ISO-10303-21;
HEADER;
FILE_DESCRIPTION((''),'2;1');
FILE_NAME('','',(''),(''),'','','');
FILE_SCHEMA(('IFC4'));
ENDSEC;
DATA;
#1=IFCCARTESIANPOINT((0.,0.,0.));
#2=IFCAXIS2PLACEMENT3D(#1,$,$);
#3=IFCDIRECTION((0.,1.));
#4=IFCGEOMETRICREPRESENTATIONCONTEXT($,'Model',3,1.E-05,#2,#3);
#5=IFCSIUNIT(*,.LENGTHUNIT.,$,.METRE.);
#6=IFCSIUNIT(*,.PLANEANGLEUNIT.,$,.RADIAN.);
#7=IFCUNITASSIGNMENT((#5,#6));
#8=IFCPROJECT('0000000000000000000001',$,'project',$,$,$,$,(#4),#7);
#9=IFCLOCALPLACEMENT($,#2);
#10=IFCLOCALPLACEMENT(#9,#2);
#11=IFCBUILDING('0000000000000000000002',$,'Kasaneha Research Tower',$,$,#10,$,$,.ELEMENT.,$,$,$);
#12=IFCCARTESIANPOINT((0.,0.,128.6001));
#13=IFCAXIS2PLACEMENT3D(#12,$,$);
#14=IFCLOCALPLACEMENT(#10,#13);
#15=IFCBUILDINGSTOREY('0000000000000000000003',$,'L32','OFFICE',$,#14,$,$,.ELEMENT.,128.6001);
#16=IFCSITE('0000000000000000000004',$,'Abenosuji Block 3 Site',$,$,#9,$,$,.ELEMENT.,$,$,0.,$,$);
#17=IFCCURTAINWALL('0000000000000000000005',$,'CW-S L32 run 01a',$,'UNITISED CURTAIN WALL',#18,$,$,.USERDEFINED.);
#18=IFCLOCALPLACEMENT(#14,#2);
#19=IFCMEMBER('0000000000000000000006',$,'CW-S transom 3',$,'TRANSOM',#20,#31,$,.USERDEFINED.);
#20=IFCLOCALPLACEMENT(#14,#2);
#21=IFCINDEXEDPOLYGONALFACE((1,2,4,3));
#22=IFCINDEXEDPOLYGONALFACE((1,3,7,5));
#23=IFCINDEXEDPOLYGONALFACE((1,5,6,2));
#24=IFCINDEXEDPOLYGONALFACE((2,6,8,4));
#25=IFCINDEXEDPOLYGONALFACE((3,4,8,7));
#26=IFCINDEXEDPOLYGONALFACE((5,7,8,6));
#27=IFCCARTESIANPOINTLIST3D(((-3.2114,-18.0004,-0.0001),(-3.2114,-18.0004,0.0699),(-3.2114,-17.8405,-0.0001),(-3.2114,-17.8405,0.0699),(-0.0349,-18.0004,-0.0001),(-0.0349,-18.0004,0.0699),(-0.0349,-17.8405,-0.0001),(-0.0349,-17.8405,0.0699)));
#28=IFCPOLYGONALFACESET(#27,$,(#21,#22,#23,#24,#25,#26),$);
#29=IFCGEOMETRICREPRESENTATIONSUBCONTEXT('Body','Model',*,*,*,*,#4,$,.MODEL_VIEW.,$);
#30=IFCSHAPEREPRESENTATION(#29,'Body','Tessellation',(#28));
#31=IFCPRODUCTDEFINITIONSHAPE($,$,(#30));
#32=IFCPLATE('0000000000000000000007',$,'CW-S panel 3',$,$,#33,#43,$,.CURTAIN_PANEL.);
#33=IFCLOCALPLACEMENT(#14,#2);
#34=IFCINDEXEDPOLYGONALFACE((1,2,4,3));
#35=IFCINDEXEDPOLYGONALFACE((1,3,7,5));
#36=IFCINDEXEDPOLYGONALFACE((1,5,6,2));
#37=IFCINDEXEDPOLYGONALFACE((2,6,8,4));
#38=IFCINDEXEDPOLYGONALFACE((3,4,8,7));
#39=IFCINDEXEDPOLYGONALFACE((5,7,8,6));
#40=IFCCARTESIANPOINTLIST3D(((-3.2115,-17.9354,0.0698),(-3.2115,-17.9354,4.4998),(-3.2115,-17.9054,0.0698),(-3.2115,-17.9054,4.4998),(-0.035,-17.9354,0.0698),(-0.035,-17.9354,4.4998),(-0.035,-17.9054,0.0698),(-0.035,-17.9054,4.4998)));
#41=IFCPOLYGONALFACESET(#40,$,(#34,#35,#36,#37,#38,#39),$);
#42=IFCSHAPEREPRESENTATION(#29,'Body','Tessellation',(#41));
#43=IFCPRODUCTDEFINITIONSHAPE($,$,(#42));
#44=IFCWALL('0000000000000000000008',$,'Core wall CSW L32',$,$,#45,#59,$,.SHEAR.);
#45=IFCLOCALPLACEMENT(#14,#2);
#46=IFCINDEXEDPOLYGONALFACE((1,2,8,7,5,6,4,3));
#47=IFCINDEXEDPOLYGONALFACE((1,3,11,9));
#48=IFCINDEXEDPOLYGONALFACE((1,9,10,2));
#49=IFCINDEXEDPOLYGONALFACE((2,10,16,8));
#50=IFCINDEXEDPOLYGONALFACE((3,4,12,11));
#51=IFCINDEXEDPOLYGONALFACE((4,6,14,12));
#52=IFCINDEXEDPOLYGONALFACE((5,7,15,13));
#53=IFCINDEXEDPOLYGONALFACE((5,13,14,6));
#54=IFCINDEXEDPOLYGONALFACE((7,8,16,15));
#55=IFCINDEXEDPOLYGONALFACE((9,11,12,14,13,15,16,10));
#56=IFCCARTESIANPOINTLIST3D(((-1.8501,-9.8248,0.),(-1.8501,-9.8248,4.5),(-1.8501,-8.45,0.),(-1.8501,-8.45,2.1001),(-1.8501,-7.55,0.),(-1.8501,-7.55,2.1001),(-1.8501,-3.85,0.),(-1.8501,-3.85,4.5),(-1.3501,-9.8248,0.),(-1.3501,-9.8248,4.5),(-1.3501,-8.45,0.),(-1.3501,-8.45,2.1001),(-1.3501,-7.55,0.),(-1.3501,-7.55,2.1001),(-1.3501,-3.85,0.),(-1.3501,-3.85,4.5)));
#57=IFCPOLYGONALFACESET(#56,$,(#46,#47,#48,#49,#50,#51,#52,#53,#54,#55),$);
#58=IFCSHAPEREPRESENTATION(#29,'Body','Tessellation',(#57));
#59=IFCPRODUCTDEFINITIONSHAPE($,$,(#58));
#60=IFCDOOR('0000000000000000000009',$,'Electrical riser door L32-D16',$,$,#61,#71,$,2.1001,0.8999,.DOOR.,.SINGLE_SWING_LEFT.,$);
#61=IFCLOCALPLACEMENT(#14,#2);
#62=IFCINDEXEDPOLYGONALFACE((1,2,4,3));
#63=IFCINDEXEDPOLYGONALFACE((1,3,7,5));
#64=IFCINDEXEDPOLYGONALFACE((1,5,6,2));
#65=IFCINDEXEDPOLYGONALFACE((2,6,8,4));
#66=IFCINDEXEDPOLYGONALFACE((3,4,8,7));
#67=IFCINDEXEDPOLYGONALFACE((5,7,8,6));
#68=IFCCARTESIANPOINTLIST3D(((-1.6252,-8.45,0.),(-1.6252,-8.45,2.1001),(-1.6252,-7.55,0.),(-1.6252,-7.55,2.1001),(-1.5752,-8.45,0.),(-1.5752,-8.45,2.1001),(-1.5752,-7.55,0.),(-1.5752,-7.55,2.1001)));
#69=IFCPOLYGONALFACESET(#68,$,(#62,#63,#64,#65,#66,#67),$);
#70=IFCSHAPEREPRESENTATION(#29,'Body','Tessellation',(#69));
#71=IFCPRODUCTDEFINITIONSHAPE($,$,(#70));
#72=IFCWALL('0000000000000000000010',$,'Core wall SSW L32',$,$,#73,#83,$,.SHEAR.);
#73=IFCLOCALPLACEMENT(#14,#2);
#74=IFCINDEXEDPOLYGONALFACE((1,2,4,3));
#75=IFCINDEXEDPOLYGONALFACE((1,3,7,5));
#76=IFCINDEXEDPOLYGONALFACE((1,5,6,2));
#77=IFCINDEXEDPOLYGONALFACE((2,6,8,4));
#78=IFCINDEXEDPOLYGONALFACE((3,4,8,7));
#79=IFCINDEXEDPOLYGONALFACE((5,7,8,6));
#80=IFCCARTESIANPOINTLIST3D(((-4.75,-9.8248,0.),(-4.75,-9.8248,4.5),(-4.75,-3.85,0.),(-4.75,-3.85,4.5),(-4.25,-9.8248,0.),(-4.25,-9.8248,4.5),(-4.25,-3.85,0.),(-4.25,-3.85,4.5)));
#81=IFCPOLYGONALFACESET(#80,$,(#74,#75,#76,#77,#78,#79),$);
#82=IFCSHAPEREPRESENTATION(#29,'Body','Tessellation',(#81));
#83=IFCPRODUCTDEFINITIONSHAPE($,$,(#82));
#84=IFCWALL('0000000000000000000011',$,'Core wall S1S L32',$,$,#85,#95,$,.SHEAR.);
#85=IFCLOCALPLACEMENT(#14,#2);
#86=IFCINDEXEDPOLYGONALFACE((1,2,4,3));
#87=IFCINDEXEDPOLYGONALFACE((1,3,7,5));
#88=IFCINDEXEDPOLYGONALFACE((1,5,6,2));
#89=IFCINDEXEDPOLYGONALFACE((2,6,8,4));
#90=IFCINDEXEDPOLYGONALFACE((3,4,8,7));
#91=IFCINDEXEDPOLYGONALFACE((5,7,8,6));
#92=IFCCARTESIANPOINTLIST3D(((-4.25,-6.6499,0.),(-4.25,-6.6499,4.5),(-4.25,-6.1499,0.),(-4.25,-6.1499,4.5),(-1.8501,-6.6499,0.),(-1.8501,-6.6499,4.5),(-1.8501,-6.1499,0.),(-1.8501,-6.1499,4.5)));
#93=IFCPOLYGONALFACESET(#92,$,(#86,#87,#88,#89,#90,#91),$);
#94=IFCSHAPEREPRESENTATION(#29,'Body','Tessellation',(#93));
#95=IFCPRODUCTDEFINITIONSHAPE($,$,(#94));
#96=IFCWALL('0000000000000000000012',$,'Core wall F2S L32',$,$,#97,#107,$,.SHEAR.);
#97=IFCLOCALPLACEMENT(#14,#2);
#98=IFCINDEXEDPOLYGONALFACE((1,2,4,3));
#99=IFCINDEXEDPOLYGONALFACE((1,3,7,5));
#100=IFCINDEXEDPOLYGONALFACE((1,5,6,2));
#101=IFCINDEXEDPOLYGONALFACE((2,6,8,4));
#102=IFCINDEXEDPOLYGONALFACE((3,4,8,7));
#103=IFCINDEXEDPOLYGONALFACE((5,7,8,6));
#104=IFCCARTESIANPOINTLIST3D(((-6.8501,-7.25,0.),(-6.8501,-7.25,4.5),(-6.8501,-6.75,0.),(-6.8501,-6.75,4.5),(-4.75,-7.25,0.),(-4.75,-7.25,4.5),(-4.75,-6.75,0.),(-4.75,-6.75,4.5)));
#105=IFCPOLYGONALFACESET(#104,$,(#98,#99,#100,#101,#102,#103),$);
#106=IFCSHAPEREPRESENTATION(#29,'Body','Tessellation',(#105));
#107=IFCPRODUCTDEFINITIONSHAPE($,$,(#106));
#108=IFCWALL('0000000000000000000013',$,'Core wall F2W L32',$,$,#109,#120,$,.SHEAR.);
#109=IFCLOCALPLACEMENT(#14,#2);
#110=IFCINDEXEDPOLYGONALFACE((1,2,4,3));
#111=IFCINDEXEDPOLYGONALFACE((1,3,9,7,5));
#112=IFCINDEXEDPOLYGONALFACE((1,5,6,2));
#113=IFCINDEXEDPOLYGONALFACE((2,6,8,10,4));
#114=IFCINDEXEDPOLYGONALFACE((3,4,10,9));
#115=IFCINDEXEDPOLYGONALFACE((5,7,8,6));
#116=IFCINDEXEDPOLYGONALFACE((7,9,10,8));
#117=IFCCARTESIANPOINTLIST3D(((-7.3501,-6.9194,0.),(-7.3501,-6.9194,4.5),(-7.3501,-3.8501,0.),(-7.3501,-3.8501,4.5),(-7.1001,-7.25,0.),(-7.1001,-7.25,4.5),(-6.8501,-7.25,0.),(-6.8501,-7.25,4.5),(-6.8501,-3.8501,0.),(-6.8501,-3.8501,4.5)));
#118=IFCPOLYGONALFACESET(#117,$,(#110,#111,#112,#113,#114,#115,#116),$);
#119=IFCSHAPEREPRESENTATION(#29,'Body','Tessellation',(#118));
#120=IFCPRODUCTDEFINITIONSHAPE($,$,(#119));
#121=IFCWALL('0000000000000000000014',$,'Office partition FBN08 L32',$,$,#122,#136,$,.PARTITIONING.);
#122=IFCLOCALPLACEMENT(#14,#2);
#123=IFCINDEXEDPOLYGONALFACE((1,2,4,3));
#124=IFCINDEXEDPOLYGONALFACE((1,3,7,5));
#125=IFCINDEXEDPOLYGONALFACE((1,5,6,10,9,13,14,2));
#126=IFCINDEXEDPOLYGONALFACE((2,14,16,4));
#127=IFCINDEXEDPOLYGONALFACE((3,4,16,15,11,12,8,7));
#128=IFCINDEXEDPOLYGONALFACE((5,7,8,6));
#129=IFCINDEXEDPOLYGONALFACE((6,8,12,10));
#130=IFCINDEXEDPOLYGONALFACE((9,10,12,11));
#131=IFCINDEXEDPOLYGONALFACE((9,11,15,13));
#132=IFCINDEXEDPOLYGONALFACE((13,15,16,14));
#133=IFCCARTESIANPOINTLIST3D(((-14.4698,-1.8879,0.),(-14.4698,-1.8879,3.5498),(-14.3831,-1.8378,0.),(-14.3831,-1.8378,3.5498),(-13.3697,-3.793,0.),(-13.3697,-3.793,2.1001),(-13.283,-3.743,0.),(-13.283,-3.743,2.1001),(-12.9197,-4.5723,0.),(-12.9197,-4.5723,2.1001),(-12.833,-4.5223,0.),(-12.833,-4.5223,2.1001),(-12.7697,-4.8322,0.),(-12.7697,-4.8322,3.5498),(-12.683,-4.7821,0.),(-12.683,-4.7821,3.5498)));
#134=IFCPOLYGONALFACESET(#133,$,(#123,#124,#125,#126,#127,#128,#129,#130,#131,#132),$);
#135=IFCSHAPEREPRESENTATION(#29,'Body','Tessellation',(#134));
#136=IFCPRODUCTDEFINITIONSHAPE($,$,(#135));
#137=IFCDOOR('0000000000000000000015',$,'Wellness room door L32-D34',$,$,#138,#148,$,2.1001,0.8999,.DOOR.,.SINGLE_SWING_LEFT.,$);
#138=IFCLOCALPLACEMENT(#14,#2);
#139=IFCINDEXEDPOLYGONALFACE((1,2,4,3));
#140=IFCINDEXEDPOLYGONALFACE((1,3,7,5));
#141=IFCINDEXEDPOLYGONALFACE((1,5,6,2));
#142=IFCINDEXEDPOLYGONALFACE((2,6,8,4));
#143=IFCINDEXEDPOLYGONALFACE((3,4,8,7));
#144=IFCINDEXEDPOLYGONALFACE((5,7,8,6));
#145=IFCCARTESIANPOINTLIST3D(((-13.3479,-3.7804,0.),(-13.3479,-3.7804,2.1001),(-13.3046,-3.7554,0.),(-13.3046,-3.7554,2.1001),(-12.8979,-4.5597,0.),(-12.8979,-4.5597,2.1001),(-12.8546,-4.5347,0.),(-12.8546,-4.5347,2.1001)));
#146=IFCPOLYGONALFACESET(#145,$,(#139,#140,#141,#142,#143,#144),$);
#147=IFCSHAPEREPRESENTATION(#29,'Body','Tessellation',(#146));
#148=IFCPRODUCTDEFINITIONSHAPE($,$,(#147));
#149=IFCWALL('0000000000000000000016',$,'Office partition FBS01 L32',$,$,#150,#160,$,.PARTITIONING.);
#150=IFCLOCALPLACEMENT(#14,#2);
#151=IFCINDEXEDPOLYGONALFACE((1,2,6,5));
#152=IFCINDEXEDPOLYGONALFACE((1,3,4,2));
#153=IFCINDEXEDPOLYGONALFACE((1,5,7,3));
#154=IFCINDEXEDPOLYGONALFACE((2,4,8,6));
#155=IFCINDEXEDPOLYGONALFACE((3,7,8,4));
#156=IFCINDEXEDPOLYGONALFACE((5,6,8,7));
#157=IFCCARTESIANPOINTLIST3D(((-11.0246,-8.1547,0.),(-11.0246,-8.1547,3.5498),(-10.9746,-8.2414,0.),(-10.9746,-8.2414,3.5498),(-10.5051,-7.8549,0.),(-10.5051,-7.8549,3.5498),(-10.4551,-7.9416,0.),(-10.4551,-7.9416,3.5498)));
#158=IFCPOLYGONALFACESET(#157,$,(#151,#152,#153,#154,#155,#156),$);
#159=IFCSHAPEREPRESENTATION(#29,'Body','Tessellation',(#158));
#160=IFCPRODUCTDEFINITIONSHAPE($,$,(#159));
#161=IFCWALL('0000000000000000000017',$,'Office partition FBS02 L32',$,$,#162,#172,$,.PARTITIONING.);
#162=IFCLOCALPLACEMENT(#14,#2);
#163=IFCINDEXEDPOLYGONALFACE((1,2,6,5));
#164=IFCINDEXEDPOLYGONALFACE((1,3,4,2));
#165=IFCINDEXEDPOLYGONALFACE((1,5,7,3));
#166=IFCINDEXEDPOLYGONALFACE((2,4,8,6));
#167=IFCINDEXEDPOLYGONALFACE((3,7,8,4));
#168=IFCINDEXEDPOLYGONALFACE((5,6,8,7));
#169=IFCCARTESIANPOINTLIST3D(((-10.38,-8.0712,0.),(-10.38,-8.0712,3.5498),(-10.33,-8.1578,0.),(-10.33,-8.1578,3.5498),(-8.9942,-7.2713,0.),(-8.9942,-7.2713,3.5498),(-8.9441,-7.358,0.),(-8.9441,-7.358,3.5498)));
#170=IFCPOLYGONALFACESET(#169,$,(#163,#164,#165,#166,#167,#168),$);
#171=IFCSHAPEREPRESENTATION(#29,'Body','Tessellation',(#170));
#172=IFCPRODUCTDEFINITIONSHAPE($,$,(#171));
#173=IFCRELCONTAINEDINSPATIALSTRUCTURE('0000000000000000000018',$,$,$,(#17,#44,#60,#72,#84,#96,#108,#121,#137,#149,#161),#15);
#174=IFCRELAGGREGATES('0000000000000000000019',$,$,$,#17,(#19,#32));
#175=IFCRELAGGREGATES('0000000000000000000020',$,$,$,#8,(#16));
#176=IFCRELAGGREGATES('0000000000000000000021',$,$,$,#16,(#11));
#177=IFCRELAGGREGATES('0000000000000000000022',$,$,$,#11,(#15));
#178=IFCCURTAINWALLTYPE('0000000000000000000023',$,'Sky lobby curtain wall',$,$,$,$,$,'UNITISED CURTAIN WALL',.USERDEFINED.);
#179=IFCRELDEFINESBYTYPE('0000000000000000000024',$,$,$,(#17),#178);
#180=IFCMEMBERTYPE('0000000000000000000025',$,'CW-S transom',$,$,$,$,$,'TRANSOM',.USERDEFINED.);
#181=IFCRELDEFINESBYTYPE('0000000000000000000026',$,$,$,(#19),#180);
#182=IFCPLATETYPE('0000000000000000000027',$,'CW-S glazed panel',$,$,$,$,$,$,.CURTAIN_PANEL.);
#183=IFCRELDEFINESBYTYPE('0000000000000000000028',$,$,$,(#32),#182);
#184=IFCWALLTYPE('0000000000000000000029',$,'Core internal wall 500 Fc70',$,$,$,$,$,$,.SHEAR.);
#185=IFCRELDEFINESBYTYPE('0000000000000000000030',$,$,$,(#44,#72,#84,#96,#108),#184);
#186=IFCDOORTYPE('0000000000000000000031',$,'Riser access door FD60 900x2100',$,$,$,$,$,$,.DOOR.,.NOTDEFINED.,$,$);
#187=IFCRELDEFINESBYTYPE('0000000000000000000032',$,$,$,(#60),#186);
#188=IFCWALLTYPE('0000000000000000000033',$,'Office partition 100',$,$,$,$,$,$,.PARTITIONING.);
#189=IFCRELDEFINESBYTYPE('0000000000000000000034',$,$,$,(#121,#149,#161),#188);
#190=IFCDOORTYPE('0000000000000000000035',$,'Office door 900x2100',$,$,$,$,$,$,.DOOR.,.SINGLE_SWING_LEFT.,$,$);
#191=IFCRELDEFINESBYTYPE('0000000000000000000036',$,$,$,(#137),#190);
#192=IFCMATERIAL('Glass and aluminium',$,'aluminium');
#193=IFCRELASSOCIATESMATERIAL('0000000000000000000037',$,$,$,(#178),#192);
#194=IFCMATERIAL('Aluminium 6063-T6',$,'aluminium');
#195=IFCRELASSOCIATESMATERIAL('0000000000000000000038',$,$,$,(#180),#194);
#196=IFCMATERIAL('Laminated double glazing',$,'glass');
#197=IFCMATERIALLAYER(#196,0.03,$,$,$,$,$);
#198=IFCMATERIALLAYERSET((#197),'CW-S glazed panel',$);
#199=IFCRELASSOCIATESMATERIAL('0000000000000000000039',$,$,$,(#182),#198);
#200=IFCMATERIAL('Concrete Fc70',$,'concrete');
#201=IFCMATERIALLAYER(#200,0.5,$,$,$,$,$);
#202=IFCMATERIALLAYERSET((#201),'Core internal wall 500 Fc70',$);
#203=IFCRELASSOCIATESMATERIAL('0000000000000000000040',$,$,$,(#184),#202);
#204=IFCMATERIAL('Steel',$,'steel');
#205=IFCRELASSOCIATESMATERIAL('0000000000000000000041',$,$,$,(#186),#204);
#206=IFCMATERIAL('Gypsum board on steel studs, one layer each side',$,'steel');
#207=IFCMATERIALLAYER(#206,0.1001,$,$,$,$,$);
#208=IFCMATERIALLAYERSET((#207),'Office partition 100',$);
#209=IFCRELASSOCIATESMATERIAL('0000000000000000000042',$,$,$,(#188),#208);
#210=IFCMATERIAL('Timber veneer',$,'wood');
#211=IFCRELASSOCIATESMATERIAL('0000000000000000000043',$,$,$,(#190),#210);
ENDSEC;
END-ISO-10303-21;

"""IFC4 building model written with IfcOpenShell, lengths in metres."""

from ifc_helpers import new_model, si_unit, direction, frame, frame_2d, origin, origin_2d, place, context, subcontext, project, spatial, polyline, rectangle, outline, extrude, material, layer, layer_set, material_profile, profile_set, type_object, element, fill, aggregate, save


model = new_model("IFC4")

# Units and contexts
model_context = context("Model", 3, precision=1e-05, world=origin(), true_north=direction((0.0, 1.0)))
body_context = subcontext(model_context, "Body", "Model", "MODEL_VIEW")
ifc_project = project(units=[si_unit("LENGTHUNIT", "METRE"), si_unit("PLANEANGLEUNIT", "RADIAN")], contexts=[model_context])

# Site, building, storey
site_placement = place(None, origin())
site = spatial("IfcSite", under=ifc_project, at=site_placement, Name="Abenosuji Block 3 Site", CompositionType="ELEMENT", RefElevation=0.0)
building_placement = place(site_placement, origin())
building = spatial("IfcBuilding", under=site, at=building_placement, Name="Kasaneha Research Tower", CompositionType="ELEMENT")
storey_placement = place(building_placement, frame((0.0, 0.0, 128.6001)))
storey = spatial("IfcBuildingStorey", under=building, at=storey_placement, Name="L32", Description="OFFICE", CompositionType="ELEMENT", Elevation=128.6001)

# Curtain wall, member, plate
ifc_material_1 = material(Name="Glass and aluminium", Category="aluminium")
curtain_wall_type = type_object("IfcCurtainWallType", Name="Sky lobby curtain wall", ElementType="UNITISED CURTAIN WALL", PredefinedType="USERDEFINED", material=ifc_material_1)
curtain_wall_placement = place(storey_placement, origin())
curtain_wall = element("IfcCurtainWall", 1, at=curtain_wall_placement, inside=storey, type_object=curtain_wall_type, Name="CW-S L32 run 01a", ObjectType="UNITISED CURTAIN WALL", PredefinedType="USERDEFINED")
ifc_material_2 = material(Name="Aluminium 6063-T6", Category="aluminium")
ifc_material_profile = material_profile(ifc_material_2, rectangle(XDim=0.1599, YDim=0.0701, at=origin_2d()), Name="CW-S transom 160x70")
ifc_profile_set = profile_set([ifc_material_profile], Name="Aluminium 6063-T6")
member_type = type_object("IfcMemberType", Name="CW-S transom", ElementType="TRANSOM", PredefinedType="USERDEFINED", material=ifc_profile_set)
member_placement = place(storey_placement, frame((-3.2114, -17.9204, 0.0349), z_axis=(1.0, 0.0, 0.0), x_axis=(0.0, 1.0, 0.0)))
member = element("IfcMember", 2, at=member_placement, type_object=member_type, Name="CW-S transom 3", ObjectType="TRANSOM", PredefinedType="USERDEFINED", context=body_context, shape_type="SweptSolid", body=[
    extrude(rectangle(XDim=0.1599, YDim=0.0701, at=origin_2d()), origin(), (0.0, 0.0, 1.0), 3.1765),
])
ifc_material_3 = material(Name="Laminated double glazing", Category="glass")
ifc_layer_1 = layer(ifc_material_3, 0.03)
ifc_layer_set_1 = layer_set([ifc_layer_1], Name="CW-S glazed panel")
plate_type = type_object("IfcPlateType", Name="CW-S glazed panel", PredefinedType="CURTAIN_PANEL", material=ifc_layer_set_1)
plate_placement = place(storey_placement, frame((-1.6233, -17.9204, 0.0698), z_axis=(0.0, 0.0, 1.0), x_axis=(1.0, 0.0, 0.0)))
plate = element("IfcPlate", 3, at=plate_placement, type_object=plate_type, Name="CW-S panel 3", PredefinedType="CURTAIN_PANEL", context=body_context, shape_type="SweptSolid", body=[
    extrude(rectangle(XDim=3.1765, YDim=0.03, at=origin_2d()), origin(), (0.0, 0.0, 1.0), 4.4299),
])
aggregate(curtain_wall, [member, plate])

# Wall, opening, door
ifc_material_4 = material(Name="Concrete Fc70", Category="concrete")
ifc_layer_2 = layer(ifc_material_4, 0.5)
ifc_layer_set_2 = layer_set([ifc_layer_2], Name="Core internal wall 500 Fc70")
wall_type_1 = type_object("IfcWallType", Name="Core internal wall 500 Fc70", PredefinedType="SHEAR", material=ifc_layer_set_2)
wall_1_placement = place(storey_placement, frame((-1.6001, -3.8501, 0.0), z_axis=(0.0, 0.0, 1.0), x_axis=(0.0, -1.0, 0.0)))
wall_1 = element("IfcWall", 4, at=wall_1_placement, inside=storey, type_object=wall_type_1, Name="Core wall CSW L32", PredefinedType="SHEAR", context=body_context, shape_type="SweptSolid", body=[
    extrude(rectangle(XDim=5.9749, YDim=0.5, at=frame_2d((2.9873, 0.0))), origin(), (0.0, 0.0, 1.0), 4.5),
])
opening_1_placement = place(wall_1_placement, frame((3.7, 0.0, 0.0)))
opening_1 = element("IfcOpeningElement", 5, at=opening_1_placement, cuts=wall_1, PredefinedType="OPENING", context=body_context, shape_type="SweptSolid", body=[
    extrude(rectangle(XDim=0.8999, YDim=2.1001, at=frame_2d((0.45, 1.05))), frame((0.0, 0.26, 0.0), z_axis=(0.0, -1.0, 0.0), x_axis=(1.0, 0.0, 0.0)), (0.0, 0.0, 1.0), 0.52),
])
ifc_material_5 = material(Name="Steel", Category="steel")
door_type_1 = type_object("IfcDoorType", Name="Riser access door FD60 900x2100", OperationType="NOTDEFINED", PredefinedType="DOOR", material=ifc_material_5)
door_1_placement = place(opening_1_placement, origin())
door_1 = element("IfcDoor", 6, at=door_1_placement, inside=storey, type_object=door_type_1, Name="Electrical riser door L32-D16", OperationType="SINGLE_SWING_LEFT", OverallHeight=2.1001, OverallWidth=0.8999, PredefinedType="DOOR", context=body_context, shape_type="SweptSolid", body=[
    extrude(rectangle(XDim=0.8999, YDim=2.1001, at=frame_2d((0.45, 1.05))), frame((0.0, 0.0249, 0.0), z_axis=(0.0, -1.0, 0.0), x_axis=(1.0, 0.0, 0.0)), (0.0, 0.0, 1.0), 0.05),
])
fill(opening_1, door_1)

# Walls
wall_2_placement = place(storey_placement, frame((-4.5, -3.8501, 0.0), z_axis=(0.0, 0.0, 1.0), x_axis=(0.0, -1.0, 0.0)))
element("IfcWall", 7, at=wall_2_placement, inside=storey, type_object=wall_type_1, Name="Core wall SSW L32", PredefinedType="SHEAR", context=body_context, shape_type="SweptSolid", body=[
    extrude(rectangle(XDim=5.9749, YDim=0.5, at=frame_2d((2.9873, 0.0))), origin(), (0.0, 0.0, 1.0), 4.5),
])
wall_3_placement = place(storey_placement, frame((-4.25, -6.3999, 0.0), z_axis=(0.0, 0.0, 1.0), x_axis=(1.0, 0.0, 0.0)))
element("IfcWall", 8, at=wall_3_placement, inside=storey, type_object=wall_type_1, Name="Core wall S1S L32", PredefinedType="SHEAR", context=body_context, shape_type="SweptSolid", body=[
    extrude(rectangle(XDim=2.3999, YDim=0.5, at=frame_2d((1.2, 0.0))), origin(), (0.0, 0.0, 1.0), 4.5),
])
wall_4_placement = place(storey_placement, frame((-6.8501, -7.0, 0.0), z_axis=(0.0, 0.0, 1.0), x_axis=(1.0, 0.0, 0.0)))
element("IfcWall", 9, at=wall_4_placement, inside=storey, type_object=wall_type_1, Name="Core wall F2S L32", PredefinedType="SHEAR", context=body_context, shape_type="SweptSolid", body=[
    extrude(rectangle(XDim=2.1001, YDim=0.5, at=frame_2d((1.05, 0.0))), origin(), (0.0, 0.0, 1.0), 4.5),
])
wall_5_placement = place(storey_placement, frame((-7.1001, -3.8501, 0.0), z_axis=(0.0, 0.0, 1.0), x_axis=(0.0, -1.0, 0.0)))
element("IfcWall", 10, at=wall_5_placement, inside=storey, type_object=wall_type_1, Name="Core wall F2W L32", PredefinedType="SHEAR", context=body_context, shape_type="SweptSolid", body=[
    extrude(outline(polyline([(0.0, -0.25), (3.0693, -0.25), (3.3999, 0.0), (3.3999, 0.25), (0.0, 0.25), (0.0, -0.25)])), origin(), (0.0, 0.0, 1.0), 4.5),
])

# Wall, opening, door
ifc_material_6 = material(Name="Gypsum board on steel studs, one layer each side", Category="steel")
ifc_layer_3 = layer(ifc_material_6, 0.1001)
ifc_layer_set_3 = layer_set([ifc_layer_3], Name="Office partition 100")
wall_type_2 = type_object("IfcWallType", Name="Office partition 100", PredefinedType="PARTITIONING", material=ifc_layer_set_3)
wall_6_placement = place(storey_placement, frame((-12.7263, -4.8071, 0.0), z_axis=(0.0, 0.0, 1.0), x_axis=(-0.500062, 0.865989, 0.0)))
wall_6 = element("IfcWall", 11, at=wall_6_placement, inside=storey, type_object=wall_type_2, Name="Office partition FBN08 L32", PredefinedType="PARTITIONING", context=body_context, shape_type="SweptSolid", body=[
    extrude(rectangle(XDim=3.3999, YDim=0.1001, at=frame_2d((1.7, 0.0))), origin(), (0.0, 0.0, 1.0), 3.5498),
])
opening_2_placement = place(wall_6_placement, frame((0.3, 0.0, 0.0)))
opening_2 = element("IfcOpeningElement", 12, at=opening_2_placement, cuts=wall_6, PredefinedType="OPENING", context=body_context, shape_type="SweptSolid", body=[
    extrude(rectangle(XDim=0.8999, YDim=2.1001, at=frame_2d((0.45, 1.05))), frame((0.0, 0.0601, 0.0), z_axis=(0.0, -1.0, 0.0), x_axis=(1.0, 0.0, 0.0)), (0.0, 0.0, 1.0), 0.1201),
])
ifc_material_7 = material(Name="Timber veneer", Category="wood")
door_type_2 = type_object("IfcDoorType", Name="Office door 900x2100", OperationType="SINGLE_SWING_LEFT", PredefinedType="DOOR", material=ifc_material_7)
door_2_placement = place(opening_2_placement, origin())
door_2 = element("IfcDoor", 13, at=door_2_placement, inside=storey, type_object=door_type_2, Name="Wellness room door L32-D34", OperationType="SINGLE_SWING_LEFT", OverallHeight=2.1001, OverallWidth=0.8999, PredefinedType="DOOR", context=body_context, shape_type="SweptSolid", body=[
    extrude(rectangle(XDim=0.8999, YDim=2.1001, at=frame_2d((0.45, 1.05))), frame((0.0, 0.0249, 0.0), z_axis=(0.0, -1.0, 0.0), x_axis=(1.0, 0.0, 0.0)), (0.0, 0.0, 1.0), 0.05),
])
fill(opening_2, door_2)

# Walls
wall_7_placement = place(storey_placement, frame((-10.9995, -8.198, 0.0), z_axis=(0.0, 0.0, 1.0), x_axis=(0.866131, 0.499816, 0.0)))
element("IfcWall", 14, at=wall_7_placement, inside=storey, type_object=wall_type_2, Name="Office partition FBS01 L32", PredefinedType="PARTITIONING", context=body_context, shape_type="SweptSolid", body=[
    extrude(rectangle(XDim=0.5999, YDim=0.1001, at=frame_2d((0.2998, 0.0))), origin(), (0.0, 0.0, 1.0), 3.5498),
])
wall_8_placement = place(storey_placement, frame((-10.355, -8.1145, 0.0), z_axis=(0.0, 0.0, 1.0), x_axis=(0.866094, 0.499881, 0.0)))
element("IfcWall", 15, at=wall_8_placement, inside=storey, type_object=wall_type_2, Name="Office partition FBS02 L32", PredefinedType="PARTITIONING", context=body_context, shape_type="SweptSolid", body=[
    extrude(rectangle(XDim=1.6001, YDim=0.1001, at=frame_2d((0.8, 0.0))), origin(), (0.0, 0.0, 1.0), 3.5498),
])

save(model, "model.ifc")
